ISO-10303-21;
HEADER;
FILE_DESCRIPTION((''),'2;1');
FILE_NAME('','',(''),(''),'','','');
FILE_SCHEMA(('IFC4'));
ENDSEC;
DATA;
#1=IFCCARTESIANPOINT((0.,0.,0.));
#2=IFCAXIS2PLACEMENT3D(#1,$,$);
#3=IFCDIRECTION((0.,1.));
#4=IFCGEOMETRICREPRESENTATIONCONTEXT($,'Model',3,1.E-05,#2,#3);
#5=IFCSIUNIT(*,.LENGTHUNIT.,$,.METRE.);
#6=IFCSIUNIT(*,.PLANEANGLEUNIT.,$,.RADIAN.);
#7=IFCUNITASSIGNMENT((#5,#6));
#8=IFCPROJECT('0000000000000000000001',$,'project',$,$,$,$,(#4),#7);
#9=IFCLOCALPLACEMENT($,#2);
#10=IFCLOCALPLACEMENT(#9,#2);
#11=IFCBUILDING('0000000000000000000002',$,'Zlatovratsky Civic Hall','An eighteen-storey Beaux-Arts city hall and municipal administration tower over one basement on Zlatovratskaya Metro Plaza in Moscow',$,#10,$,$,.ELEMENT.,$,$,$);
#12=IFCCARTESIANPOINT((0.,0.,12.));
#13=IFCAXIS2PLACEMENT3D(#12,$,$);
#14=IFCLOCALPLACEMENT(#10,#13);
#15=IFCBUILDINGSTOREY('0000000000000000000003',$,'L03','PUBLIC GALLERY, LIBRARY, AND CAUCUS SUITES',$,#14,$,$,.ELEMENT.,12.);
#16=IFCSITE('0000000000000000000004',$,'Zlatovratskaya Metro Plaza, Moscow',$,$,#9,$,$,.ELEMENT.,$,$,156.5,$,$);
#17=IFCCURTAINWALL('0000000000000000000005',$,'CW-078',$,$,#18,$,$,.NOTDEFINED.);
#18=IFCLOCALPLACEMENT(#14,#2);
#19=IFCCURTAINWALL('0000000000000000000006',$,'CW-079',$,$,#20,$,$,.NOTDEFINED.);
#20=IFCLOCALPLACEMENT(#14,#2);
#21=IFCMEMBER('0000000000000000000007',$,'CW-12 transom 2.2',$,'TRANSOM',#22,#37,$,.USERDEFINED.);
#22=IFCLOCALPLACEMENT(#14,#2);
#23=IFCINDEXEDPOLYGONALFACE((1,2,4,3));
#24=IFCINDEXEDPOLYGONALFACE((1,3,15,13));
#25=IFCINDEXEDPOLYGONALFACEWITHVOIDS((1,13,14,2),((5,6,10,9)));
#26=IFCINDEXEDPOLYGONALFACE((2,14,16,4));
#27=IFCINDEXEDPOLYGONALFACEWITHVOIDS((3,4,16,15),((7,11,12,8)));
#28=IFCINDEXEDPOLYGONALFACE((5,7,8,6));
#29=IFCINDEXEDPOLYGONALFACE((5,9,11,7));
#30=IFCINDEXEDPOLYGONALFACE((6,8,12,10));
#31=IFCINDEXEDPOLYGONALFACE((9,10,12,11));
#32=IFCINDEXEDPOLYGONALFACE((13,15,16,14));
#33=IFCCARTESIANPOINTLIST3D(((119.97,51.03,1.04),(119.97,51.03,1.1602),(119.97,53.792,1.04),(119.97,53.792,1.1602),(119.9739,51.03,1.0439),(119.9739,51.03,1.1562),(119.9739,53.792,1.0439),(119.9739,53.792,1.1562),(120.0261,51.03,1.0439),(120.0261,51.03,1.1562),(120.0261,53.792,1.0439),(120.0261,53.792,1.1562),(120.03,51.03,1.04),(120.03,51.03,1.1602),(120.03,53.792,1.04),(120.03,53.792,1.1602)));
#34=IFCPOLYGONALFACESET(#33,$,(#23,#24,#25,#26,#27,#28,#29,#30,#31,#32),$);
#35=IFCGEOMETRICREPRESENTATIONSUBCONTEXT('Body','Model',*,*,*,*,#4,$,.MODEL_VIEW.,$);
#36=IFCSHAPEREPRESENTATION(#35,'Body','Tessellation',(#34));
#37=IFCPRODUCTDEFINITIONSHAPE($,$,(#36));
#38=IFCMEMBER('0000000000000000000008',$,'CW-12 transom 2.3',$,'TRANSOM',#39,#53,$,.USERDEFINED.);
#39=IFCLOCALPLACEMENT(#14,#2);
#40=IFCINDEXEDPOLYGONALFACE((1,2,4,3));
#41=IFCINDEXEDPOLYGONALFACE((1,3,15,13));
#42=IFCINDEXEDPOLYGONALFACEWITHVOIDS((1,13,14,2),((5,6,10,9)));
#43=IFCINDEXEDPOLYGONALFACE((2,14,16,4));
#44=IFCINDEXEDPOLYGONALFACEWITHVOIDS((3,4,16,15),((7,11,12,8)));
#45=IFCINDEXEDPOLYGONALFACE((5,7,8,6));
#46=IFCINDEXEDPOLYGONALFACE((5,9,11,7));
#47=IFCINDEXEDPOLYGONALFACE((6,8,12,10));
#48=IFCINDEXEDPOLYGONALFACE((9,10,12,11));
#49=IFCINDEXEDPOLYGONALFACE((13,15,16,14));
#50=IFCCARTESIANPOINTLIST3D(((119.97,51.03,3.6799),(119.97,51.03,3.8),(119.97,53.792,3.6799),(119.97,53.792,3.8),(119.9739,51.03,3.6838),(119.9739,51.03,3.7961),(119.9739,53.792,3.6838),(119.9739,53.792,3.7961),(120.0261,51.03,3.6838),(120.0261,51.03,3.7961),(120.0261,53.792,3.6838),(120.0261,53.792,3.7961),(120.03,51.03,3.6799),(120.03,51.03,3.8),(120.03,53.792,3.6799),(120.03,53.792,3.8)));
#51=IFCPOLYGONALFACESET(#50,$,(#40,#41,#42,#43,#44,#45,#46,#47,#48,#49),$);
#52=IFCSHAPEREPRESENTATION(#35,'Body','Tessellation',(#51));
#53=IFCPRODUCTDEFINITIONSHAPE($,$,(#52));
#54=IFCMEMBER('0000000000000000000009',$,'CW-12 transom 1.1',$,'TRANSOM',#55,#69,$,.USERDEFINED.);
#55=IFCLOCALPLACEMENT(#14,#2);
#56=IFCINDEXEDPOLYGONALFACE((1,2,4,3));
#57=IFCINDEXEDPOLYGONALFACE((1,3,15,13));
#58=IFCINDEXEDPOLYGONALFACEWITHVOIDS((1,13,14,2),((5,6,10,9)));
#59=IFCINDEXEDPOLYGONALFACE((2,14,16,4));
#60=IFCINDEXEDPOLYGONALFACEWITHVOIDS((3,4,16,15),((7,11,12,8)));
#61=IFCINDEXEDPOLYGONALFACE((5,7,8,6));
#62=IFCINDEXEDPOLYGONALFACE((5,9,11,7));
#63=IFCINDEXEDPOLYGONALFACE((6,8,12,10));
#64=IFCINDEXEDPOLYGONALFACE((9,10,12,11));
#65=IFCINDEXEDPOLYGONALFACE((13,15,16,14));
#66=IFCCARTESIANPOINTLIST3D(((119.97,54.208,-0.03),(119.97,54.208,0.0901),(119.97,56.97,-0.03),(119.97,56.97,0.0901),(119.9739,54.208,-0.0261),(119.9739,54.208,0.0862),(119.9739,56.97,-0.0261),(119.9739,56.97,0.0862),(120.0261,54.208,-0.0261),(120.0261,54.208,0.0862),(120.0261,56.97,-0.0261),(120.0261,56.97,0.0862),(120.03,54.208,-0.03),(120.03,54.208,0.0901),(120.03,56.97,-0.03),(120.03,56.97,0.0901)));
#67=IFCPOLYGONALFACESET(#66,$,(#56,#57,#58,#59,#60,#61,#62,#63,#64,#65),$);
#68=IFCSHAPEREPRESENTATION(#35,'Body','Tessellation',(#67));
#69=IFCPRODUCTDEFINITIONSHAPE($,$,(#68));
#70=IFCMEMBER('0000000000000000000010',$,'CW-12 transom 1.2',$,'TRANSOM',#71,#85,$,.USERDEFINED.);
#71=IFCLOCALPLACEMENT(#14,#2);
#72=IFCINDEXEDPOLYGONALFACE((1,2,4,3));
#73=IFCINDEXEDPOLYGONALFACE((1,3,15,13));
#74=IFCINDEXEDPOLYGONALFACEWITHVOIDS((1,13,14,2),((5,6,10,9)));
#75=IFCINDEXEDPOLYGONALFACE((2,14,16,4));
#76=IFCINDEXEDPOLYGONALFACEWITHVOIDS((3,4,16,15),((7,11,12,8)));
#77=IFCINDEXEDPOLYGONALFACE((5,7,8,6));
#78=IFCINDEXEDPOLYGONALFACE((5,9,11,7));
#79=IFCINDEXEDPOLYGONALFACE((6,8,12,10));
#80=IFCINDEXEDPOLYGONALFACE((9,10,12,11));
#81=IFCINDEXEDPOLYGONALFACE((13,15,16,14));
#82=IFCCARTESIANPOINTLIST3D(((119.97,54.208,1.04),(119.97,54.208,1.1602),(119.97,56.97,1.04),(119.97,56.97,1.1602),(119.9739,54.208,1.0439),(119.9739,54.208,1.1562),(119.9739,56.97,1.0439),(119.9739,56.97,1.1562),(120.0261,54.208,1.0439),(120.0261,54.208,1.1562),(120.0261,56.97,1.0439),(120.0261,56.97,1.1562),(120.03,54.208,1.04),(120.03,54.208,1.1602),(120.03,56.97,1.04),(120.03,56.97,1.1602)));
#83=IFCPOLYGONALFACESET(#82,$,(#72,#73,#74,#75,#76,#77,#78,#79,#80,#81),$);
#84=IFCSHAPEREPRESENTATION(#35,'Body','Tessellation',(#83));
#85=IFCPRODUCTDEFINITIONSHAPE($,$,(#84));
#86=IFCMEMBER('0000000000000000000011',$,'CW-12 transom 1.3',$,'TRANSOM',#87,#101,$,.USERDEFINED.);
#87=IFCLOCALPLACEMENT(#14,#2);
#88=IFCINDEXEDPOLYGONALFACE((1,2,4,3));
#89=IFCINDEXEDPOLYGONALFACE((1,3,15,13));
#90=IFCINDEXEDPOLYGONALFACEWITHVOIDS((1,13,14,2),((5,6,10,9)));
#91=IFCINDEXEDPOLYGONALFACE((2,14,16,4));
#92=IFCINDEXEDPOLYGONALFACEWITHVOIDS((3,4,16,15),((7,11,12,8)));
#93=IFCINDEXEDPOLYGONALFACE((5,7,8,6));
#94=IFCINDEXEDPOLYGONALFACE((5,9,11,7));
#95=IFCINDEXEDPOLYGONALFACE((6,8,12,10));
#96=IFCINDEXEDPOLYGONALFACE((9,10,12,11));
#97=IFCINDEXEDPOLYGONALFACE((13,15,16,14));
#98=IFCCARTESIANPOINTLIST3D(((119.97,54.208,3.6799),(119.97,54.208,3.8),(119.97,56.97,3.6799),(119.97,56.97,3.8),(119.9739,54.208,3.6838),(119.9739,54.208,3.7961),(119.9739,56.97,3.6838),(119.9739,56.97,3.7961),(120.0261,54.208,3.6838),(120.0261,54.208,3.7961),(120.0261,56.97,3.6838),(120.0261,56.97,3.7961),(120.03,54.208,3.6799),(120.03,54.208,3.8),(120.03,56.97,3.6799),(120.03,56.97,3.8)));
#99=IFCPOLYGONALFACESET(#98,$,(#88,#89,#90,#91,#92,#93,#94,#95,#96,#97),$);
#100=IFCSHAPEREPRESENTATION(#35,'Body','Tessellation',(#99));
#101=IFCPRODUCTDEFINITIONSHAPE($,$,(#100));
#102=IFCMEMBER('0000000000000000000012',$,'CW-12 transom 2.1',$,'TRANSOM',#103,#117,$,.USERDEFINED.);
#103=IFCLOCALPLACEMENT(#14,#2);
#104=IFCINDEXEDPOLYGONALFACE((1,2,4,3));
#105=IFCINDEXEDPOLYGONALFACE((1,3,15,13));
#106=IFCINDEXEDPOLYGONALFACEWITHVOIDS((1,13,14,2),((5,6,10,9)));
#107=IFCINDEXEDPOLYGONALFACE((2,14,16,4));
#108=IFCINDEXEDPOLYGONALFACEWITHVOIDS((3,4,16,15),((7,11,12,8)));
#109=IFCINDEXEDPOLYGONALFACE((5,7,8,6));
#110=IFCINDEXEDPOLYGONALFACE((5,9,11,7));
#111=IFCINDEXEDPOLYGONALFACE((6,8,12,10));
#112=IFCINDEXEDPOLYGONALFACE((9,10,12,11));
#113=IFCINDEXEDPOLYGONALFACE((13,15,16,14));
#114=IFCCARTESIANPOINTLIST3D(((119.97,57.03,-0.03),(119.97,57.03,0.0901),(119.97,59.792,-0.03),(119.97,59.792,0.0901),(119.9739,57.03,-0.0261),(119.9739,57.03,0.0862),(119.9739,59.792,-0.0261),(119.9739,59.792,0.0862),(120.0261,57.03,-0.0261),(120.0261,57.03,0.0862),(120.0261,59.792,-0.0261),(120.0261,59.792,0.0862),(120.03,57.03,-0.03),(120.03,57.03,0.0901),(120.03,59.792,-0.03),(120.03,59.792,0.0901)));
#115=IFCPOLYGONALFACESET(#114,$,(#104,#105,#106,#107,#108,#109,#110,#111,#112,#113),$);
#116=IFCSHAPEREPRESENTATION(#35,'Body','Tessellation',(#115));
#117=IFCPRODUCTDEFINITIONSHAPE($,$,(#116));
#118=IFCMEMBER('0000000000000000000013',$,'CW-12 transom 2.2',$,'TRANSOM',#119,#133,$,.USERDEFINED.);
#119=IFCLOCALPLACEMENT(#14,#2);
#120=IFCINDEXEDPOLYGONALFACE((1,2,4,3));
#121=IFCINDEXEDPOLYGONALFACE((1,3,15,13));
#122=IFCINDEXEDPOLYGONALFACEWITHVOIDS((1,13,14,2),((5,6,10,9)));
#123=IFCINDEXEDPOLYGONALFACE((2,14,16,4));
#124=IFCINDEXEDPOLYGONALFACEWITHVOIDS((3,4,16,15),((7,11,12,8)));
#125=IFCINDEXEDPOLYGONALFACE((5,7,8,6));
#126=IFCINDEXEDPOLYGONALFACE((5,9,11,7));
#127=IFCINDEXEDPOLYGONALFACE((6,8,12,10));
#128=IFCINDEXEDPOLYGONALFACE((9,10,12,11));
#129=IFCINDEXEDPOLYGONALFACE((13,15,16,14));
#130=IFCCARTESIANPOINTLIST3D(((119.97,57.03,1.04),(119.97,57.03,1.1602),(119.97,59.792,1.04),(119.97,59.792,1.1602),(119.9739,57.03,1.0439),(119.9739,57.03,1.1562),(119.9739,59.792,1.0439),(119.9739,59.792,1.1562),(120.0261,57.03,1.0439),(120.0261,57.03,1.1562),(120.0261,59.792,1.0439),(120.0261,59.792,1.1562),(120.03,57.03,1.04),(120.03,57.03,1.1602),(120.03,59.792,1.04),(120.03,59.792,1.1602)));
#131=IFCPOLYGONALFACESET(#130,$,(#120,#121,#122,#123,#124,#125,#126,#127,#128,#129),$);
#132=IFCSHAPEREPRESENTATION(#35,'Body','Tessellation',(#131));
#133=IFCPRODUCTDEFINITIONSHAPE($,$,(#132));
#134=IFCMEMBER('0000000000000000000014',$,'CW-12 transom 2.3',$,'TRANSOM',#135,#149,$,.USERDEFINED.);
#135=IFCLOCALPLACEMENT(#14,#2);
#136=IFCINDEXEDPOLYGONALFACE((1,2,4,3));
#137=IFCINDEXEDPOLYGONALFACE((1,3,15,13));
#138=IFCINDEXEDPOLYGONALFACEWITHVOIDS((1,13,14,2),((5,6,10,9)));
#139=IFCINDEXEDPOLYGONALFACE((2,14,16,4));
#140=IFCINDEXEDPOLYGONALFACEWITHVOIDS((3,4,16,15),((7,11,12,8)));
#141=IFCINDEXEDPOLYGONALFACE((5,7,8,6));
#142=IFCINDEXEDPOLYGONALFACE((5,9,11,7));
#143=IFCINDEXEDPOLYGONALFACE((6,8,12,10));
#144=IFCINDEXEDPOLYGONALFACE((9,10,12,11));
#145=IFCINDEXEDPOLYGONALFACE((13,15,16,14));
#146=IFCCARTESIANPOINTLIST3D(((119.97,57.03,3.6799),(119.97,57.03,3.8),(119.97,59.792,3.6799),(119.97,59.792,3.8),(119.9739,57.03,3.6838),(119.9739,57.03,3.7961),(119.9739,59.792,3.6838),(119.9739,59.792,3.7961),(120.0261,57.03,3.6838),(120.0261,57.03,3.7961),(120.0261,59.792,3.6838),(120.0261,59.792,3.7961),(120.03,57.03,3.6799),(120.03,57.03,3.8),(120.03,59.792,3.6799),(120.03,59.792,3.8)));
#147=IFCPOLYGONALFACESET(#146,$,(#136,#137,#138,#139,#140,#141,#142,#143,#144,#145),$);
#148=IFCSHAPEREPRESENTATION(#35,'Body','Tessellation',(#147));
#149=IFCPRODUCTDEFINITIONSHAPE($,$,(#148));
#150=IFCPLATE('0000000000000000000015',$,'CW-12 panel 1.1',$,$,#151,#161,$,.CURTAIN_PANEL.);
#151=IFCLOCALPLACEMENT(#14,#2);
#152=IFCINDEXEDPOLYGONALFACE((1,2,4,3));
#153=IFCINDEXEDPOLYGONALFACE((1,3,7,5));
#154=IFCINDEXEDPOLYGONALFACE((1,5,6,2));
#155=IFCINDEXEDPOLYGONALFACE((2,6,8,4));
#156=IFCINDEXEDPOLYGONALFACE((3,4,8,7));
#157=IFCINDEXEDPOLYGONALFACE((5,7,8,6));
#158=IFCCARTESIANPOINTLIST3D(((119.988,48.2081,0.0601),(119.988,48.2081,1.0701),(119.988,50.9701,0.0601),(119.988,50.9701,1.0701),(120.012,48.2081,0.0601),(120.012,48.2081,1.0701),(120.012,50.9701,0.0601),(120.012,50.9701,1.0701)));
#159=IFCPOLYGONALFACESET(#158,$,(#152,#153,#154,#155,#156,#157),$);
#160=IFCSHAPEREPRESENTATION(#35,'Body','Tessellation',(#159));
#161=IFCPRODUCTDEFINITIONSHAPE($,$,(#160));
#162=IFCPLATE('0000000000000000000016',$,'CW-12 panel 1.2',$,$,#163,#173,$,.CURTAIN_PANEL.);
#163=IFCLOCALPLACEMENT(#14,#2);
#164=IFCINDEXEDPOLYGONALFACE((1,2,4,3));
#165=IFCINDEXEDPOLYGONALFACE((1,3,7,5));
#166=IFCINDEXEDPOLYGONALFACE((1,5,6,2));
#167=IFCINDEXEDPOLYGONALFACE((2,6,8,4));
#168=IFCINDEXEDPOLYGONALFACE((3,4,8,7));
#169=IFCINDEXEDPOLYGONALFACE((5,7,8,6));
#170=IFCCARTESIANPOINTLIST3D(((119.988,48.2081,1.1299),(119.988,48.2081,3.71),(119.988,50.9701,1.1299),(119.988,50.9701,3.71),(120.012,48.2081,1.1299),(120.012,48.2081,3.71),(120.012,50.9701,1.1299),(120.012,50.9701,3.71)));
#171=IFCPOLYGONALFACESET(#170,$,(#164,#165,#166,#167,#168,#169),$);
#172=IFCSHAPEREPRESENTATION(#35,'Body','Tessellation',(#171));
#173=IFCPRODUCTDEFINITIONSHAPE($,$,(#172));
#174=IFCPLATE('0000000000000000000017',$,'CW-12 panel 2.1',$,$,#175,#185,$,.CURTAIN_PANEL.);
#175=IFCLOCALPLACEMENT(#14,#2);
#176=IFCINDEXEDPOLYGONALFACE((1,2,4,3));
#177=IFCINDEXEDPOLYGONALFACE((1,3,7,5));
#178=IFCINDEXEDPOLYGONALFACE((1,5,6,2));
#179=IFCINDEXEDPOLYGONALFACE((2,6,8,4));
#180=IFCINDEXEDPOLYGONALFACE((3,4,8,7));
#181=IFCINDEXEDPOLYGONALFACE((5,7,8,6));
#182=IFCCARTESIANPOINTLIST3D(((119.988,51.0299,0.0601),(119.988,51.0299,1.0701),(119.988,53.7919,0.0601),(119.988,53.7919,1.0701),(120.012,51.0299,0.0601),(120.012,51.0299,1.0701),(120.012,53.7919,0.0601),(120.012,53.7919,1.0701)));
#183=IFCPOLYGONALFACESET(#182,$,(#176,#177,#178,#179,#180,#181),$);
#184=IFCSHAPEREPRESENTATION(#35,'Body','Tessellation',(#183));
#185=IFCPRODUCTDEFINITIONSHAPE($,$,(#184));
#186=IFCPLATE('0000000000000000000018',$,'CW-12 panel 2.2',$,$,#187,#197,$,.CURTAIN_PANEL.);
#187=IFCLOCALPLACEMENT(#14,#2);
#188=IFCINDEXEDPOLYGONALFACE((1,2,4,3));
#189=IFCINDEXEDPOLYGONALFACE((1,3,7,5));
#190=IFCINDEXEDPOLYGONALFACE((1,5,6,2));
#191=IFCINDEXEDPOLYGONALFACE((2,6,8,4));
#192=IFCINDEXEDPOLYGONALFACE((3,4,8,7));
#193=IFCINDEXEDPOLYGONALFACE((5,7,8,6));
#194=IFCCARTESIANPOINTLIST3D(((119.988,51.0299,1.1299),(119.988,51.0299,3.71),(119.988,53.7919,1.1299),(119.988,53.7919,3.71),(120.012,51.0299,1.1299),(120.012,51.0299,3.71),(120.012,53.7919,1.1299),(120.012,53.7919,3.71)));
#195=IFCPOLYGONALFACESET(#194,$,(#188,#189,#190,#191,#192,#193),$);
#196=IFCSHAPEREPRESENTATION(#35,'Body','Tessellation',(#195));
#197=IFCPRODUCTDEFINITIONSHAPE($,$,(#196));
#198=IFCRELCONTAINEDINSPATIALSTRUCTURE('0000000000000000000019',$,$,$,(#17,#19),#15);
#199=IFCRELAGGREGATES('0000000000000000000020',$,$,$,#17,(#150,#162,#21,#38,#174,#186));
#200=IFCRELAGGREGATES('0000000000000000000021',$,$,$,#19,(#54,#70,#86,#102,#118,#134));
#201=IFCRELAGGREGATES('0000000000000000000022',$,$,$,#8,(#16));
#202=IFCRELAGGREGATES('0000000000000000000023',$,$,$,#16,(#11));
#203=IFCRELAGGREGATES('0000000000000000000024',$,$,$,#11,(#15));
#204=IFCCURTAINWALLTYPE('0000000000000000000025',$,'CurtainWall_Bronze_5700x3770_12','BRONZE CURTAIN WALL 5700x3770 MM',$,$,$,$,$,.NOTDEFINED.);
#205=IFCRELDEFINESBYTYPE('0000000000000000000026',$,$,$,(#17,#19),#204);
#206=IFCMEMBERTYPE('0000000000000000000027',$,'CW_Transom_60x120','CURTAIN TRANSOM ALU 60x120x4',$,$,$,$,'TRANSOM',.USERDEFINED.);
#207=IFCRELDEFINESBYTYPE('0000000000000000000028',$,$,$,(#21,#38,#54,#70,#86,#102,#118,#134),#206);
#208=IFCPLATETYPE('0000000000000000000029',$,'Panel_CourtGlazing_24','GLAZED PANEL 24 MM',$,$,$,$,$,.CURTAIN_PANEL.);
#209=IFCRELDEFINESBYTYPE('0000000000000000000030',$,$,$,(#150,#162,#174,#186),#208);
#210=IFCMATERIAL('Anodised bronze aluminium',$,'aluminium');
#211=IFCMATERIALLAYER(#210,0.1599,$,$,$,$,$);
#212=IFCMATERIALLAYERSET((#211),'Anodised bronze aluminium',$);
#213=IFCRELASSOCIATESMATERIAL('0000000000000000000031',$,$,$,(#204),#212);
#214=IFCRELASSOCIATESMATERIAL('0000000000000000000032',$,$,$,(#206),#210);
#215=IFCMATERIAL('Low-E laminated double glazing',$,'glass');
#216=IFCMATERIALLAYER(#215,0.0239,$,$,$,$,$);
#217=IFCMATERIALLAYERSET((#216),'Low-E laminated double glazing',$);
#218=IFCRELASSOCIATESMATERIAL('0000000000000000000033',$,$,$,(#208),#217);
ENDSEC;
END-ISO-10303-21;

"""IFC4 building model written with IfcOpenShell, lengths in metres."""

from ifc_helpers import new_model, si_unit, direction, frame, origin, origin_2d, place, context, subcontext, project, spatial, rectangle, hollow_rectangle, extrude, material, layer, layer_set, material_profile, profile_set, type_object, element, aggregate, save


model = new_model("IFC4")

# Units and contexts
model_context = context("Model", 3, precision=1e-05, world=origin(), true_north=direction((0.0, 1.0)))
body_context = subcontext(model_context, "Body", "Model", "MODEL_VIEW")
ifc_project = project(units=[si_unit("LENGTHUNIT", "METRE"), si_unit("PLANEANGLEUNIT", "RADIAN")], contexts=[model_context])

# Site, building, storey
site_placement = place(None, origin())
site = spatial("IfcSite", under=ifc_project, at=site_placement, Name="Zlatovratskaya Metro Plaza, Moscow", CompositionType="ELEMENT", RefElevation=156.5)
building_placement = place(site_placement, origin())
building = spatial("IfcBuilding", under=site, at=building_placement, Name="Zlatovratsky Civic Hall", Description="An eighteen-storey Beaux-Arts city hall and municipal administration tower over one basement on Zlatovratskaya Metro Plaza in Moscow", CompositionType="ELEMENT")
storey_placement = place(building_placement, frame((0.0, 0.0, 12.0)))
storey = spatial("IfcBuildingStorey", under=building, at=storey_placement, Name="L03", Description="PUBLIC GALLERY, LIBRARY, AND CAUCUS SUITES", CompositionType="ELEMENT", Elevation=12.0)

# Shared definitions
ifc_material_1 = material(Name="Anodised bronze aluminium", Category="aluminium")
ifc_layer_1 = layer(ifc_material_1, 0.1599)
ifc_layer_set_1 = layer_set([ifc_layer_1], Name="Anodised bronze aluminium")
curtain_wall_type = type_object("IfcCurtainWallType", Name="CurtainWall_Bronze_5700x3770_12", Description="BRONZE CURTAIN WALL 5700x3770 MM", PredefinedType="NOTDEFINED", material=ifc_layer_set_1)

# Curtain walls
curtain_wall_1_placement = place(storey_placement, origin())
curtain_wall_1 = element("IfcCurtainWall", 1, at=curtain_wall_1_placement, inside=storey, type_object=curtain_wall_type, Name="CW-078", PredefinedType="NOTDEFINED")
curtain_wall_2_placement = place(storey_placement, origin())
curtain_wall_2 = element("IfcCurtainWall", 2, at=curtain_wall_2_placement, inside=storey, type_object=curtain_wall_type, Name="CW-079", PredefinedType="NOTDEFINED")

# Members
ifc_material_profile_1 = material_profile(ifc_material_1, hollow_rectangle(XDim=0.0601, YDim=0.1201, WallThickness=0.0039, at=origin_2d()), Name="ALU 60x120x4")
ifc_profile_set_1 = profile_set([ifc_material_profile_1], Name="Anodised bronze aluminium")
member_type_1 = type_object("IfcMemberType", Name="CW_Transom_60x120", Description="CURTAIN TRANSOM ALU 60x120x4", ElementType="TRANSOM", PredefinedType="USERDEFINED", material=ifc_profile_set_1)
member_1_placement = place(storey_placement, frame((120.0, 51.03, 1.1001), z_axis=(0.0, 1.0, 0.0), x_axis=(-1.0, 0.0, 0.0)))
member_1 = element("IfcMember", 3, at=member_1_placement, type_object=member_type_1, Name="CW-12 transom 2.2", ObjectType="TRANSOM", PredefinedType="USERDEFINED", context=body_context, shape_type="SweptSolid", body=[
    extrude(hollow_rectangle(XDim=0.0601, YDim=0.1201, WallThickness=0.0039, at=origin_2d()), origin(), (0.0, 0.0, 1.0), 2.762),
])
member_2_placement = place(storey_placement, frame((120.0, 51.03, 3.74), z_axis=(0.0, 1.0, 0.0), x_axis=(-1.0, 0.0, 0.0)))
member_2 = element("IfcMember", 4, at=member_2_placement, type_object=member_type_1, Name="CW-12 transom 2.3", ObjectType="TRANSOM", PredefinedType="USERDEFINED", context=body_context, shape_type="SweptSolid", body=[
    extrude(hollow_rectangle(XDim=0.0601, YDim=0.1201, WallThickness=0.0039, at=origin_2d()), origin(), (0.0, 0.0, 1.0), 2.762),
])
member_3_placement = place(storey_placement, frame((120.0, 54.208, 0.03), z_axis=(0.0, 1.0, 0.0), x_axis=(-1.0, 0.0, 0.0)))
member_3 = element("IfcMember", 5, at=member_3_placement, type_object=member_type_1, Name="CW-12 transom 1.1", ObjectType="TRANSOM", PredefinedType="USERDEFINED", context=body_context, shape_type="SweptSolid", body=[
    extrude(hollow_rectangle(XDim=0.0601, YDim=0.1201, WallThickness=0.0039, at=origin_2d()), origin(), (0.0, 0.0, 1.0), 2.762),
])
member_4_placement = place(storey_placement, frame((120.0, 54.208, 1.1001), z_axis=(0.0, 1.0, 0.0), x_axis=(-1.0, 0.0, 0.0)))
member_4 = element("IfcMember", 6, at=member_4_placement, type_object=member_type_1, Name="CW-12 transom 1.2", ObjectType="TRANSOM", PredefinedType="USERDEFINED", context=body_context, shape_type="SweptSolid", body=[
    extrude(hollow_rectangle(XDim=0.0601, YDim=0.1201, WallThickness=0.0039, at=origin_2d()), origin(), (0.0, 0.0, 1.0), 2.762),
])
member_5_placement = place(storey_placement, frame((120.0, 54.208, 3.74), z_axis=(0.0, 1.0, 0.0), x_axis=(-1.0, 0.0, 0.0)))
member_5 = element("IfcMember", 7, at=member_5_placement, type_object=member_type_1, Name="CW-12 transom 1.3", ObjectType="TRANSOM", PredefinedType="USERDEFINED", context=body_context, shape_type="SweptSolid", body=[
    extrude(hollow_rectangle(XDim=0.0601, YDim=0.1201, WallThickness=0.0039, at=origin_2d()), origin(), (0.0, 0.0, 1.0), 2.762),
])
member_6_placement = place(storey_placement, frame((120.0, 57.03, 0.03), z_axis=(0.0, 1.0, 0.0), x_axis=(-1.0, 0.0, 0.0)))
member_6 = element("IfcMember", 8, at=member_6_placement, type_object=member_type_1, Name="CW-12 transom 2.1", ObjectType="TRANSOM", PredefinedType="USERDEFINED", context=body_context, shape_type="SweptSolid", body=[
    extrude(hollow_rectangle(XDim=0.0601, YDim=0.1201, WallThickness=0.0039, at=origin_2d()), origin(), (0.0, 0.0, 1.0), 2.762),
])
member_7_placement = place(storey_placement, frame((120.0, 57.03, 1.1001), z_axis=(0.0, 1.0, 0.0), x_axis=(-1.0, 0.0, 0.0)))
member_7 = element("IfcMember", 9, at=member_7_placement, type_object=member_type_1, Name="CW-12 transom 2.2", ObjectType="TRANSOM", PredefinedType="USERDEFINED", context=body_context, shape_type="SweptSolid", body=[
    extrude(hollow_rectangle(XDim=0.0601, YDim=0.1201, WallThickness=0.0039, at=origin_2d()), origin(), (0.0, 0.0, 1.0), 2.762),
])
member_8_placement = place(storey_placement, frame((120.0, 57.03, 3.74), z_axis=(0.0, 1.0, 0.0), x_axis=(-1.0, 0.0, 0.0)))
member_8 = element("IfcMember", 10, at=member_8_placement, type_object=member_type_1, Name="CW-12 transom 2.3", ObjectType="TRANSOM", PredefinedType="USERDEFINED", context=body_context, shape_type="SweptSolid", body=[
    extrude(hollow_rectangle(XDim=0.0601, YDim=0.1201, WallThickness=0.0039, at=origin_2d()), origin(), (0.0, 0.0, 1.0), 2.762),
])

# Plates
ifc_material_2 = material(Name="Low-E laminated double glazing", Category="glass")
ifc_layer_2 = layer(ifc_material_2, 0.0239)
ifc_layer_set_2 = layer_set([ifc_layer_2], Name="Low-E laminated double glazing")
plate_type = type_object("IfcPlateType", Name="Panel_CourtGlazing_24", Description="GLAZED PANEL 24 MM", PredefinedType="CURTAIN_PANEL", material=ifc_layer_set_2)
plate_1_placement = place(storey_placement, frame((120.0, 49.5891, 0.0601), z_axis=(0.0, 0.0, 1.0), x_axis=(0.0, 1.0, 0.0)))
plate_1 = element("IfcPlate", 11, at=plate_1_placement, type_object=plate_type, Name="CW-12 panel 1.1", PredefinedType="CURTAIN_PANEL", context=body_context, shape_type="SweptSolid", body=[
    extrude(rectangle(XDim=2.762, YDim=0.0239, at=origin_2d()), origin(), (0.0, 0.0, 1.0), 1.01),
])
plate_2_placement = place(storey_placement, frame((120.0, 49.5891, 1.1299), z_axis=(0.0, 0.0, 1.0), x_axis=(0.0, 1.0, 0.0)))
plate_2 = element("IfcPlate", 12, at=plate_2_placement, type_object=plate_type, Name="CW-12 panel 1.2", PredefinedType="CURTAIN_PANEL", context=body_context, shape_type="SweptSolid", body=[
    extrude(rectangle(XDim=2.762, YDim=0.0239, at=origin_2d()), origin(), (0.0, 0.0, 1.0), 2.5801),
])
plate_3_placement = place(storey_placement, frame((120.0, 52.4109, 0.0601), z_axis=(0.0, 0.0, 1.0), x_axis=(0.0, 1.0, 0.0)))
plate_3 = element("IfcPlate", 13, at=plate_3_placement, type_object=plate_type, Name="CW-12 panel 2.1", PredefinedType="CURTAIN_PANEL", context=body_context, shape_type="SweptSolid", body=[
    extrude(rectangle(XDim=2.762, YDim=0.0239, at=origin_2d()), origin(), (0.0, 0.0, 1.0), 1.01),
])
plate_4_placement = place(storey_placement, frame((120.0, 52.4109, 1.1299), z_axis=(0.0, 0.0, 1.0), x_axis=(0.0, 1.0, 0.0)))
plate_4 = element("IfcPlate", 14, at=plate_4_placement, type_object=plate_type, Name="CW-12 panel 2.2", PredefinedType="CURTAIN_PANEL", context=body_context, shape_type="SweptSolid", body=[
    extrude(rectangle(XDim=2.762, YDim=0.0239, at=origin_2d()), origin(), (0.0, 0.0, 1.0), 2.5801),
])
aggregate(curtain_wall_1, [plate_1, plate_2, member_1, member_2, plate_3, plate_4])
aggregate(curtain_wall_2, [member_3, member_4, member_5, member_6, member_7, member_8])

save(model, "model.ifc")
